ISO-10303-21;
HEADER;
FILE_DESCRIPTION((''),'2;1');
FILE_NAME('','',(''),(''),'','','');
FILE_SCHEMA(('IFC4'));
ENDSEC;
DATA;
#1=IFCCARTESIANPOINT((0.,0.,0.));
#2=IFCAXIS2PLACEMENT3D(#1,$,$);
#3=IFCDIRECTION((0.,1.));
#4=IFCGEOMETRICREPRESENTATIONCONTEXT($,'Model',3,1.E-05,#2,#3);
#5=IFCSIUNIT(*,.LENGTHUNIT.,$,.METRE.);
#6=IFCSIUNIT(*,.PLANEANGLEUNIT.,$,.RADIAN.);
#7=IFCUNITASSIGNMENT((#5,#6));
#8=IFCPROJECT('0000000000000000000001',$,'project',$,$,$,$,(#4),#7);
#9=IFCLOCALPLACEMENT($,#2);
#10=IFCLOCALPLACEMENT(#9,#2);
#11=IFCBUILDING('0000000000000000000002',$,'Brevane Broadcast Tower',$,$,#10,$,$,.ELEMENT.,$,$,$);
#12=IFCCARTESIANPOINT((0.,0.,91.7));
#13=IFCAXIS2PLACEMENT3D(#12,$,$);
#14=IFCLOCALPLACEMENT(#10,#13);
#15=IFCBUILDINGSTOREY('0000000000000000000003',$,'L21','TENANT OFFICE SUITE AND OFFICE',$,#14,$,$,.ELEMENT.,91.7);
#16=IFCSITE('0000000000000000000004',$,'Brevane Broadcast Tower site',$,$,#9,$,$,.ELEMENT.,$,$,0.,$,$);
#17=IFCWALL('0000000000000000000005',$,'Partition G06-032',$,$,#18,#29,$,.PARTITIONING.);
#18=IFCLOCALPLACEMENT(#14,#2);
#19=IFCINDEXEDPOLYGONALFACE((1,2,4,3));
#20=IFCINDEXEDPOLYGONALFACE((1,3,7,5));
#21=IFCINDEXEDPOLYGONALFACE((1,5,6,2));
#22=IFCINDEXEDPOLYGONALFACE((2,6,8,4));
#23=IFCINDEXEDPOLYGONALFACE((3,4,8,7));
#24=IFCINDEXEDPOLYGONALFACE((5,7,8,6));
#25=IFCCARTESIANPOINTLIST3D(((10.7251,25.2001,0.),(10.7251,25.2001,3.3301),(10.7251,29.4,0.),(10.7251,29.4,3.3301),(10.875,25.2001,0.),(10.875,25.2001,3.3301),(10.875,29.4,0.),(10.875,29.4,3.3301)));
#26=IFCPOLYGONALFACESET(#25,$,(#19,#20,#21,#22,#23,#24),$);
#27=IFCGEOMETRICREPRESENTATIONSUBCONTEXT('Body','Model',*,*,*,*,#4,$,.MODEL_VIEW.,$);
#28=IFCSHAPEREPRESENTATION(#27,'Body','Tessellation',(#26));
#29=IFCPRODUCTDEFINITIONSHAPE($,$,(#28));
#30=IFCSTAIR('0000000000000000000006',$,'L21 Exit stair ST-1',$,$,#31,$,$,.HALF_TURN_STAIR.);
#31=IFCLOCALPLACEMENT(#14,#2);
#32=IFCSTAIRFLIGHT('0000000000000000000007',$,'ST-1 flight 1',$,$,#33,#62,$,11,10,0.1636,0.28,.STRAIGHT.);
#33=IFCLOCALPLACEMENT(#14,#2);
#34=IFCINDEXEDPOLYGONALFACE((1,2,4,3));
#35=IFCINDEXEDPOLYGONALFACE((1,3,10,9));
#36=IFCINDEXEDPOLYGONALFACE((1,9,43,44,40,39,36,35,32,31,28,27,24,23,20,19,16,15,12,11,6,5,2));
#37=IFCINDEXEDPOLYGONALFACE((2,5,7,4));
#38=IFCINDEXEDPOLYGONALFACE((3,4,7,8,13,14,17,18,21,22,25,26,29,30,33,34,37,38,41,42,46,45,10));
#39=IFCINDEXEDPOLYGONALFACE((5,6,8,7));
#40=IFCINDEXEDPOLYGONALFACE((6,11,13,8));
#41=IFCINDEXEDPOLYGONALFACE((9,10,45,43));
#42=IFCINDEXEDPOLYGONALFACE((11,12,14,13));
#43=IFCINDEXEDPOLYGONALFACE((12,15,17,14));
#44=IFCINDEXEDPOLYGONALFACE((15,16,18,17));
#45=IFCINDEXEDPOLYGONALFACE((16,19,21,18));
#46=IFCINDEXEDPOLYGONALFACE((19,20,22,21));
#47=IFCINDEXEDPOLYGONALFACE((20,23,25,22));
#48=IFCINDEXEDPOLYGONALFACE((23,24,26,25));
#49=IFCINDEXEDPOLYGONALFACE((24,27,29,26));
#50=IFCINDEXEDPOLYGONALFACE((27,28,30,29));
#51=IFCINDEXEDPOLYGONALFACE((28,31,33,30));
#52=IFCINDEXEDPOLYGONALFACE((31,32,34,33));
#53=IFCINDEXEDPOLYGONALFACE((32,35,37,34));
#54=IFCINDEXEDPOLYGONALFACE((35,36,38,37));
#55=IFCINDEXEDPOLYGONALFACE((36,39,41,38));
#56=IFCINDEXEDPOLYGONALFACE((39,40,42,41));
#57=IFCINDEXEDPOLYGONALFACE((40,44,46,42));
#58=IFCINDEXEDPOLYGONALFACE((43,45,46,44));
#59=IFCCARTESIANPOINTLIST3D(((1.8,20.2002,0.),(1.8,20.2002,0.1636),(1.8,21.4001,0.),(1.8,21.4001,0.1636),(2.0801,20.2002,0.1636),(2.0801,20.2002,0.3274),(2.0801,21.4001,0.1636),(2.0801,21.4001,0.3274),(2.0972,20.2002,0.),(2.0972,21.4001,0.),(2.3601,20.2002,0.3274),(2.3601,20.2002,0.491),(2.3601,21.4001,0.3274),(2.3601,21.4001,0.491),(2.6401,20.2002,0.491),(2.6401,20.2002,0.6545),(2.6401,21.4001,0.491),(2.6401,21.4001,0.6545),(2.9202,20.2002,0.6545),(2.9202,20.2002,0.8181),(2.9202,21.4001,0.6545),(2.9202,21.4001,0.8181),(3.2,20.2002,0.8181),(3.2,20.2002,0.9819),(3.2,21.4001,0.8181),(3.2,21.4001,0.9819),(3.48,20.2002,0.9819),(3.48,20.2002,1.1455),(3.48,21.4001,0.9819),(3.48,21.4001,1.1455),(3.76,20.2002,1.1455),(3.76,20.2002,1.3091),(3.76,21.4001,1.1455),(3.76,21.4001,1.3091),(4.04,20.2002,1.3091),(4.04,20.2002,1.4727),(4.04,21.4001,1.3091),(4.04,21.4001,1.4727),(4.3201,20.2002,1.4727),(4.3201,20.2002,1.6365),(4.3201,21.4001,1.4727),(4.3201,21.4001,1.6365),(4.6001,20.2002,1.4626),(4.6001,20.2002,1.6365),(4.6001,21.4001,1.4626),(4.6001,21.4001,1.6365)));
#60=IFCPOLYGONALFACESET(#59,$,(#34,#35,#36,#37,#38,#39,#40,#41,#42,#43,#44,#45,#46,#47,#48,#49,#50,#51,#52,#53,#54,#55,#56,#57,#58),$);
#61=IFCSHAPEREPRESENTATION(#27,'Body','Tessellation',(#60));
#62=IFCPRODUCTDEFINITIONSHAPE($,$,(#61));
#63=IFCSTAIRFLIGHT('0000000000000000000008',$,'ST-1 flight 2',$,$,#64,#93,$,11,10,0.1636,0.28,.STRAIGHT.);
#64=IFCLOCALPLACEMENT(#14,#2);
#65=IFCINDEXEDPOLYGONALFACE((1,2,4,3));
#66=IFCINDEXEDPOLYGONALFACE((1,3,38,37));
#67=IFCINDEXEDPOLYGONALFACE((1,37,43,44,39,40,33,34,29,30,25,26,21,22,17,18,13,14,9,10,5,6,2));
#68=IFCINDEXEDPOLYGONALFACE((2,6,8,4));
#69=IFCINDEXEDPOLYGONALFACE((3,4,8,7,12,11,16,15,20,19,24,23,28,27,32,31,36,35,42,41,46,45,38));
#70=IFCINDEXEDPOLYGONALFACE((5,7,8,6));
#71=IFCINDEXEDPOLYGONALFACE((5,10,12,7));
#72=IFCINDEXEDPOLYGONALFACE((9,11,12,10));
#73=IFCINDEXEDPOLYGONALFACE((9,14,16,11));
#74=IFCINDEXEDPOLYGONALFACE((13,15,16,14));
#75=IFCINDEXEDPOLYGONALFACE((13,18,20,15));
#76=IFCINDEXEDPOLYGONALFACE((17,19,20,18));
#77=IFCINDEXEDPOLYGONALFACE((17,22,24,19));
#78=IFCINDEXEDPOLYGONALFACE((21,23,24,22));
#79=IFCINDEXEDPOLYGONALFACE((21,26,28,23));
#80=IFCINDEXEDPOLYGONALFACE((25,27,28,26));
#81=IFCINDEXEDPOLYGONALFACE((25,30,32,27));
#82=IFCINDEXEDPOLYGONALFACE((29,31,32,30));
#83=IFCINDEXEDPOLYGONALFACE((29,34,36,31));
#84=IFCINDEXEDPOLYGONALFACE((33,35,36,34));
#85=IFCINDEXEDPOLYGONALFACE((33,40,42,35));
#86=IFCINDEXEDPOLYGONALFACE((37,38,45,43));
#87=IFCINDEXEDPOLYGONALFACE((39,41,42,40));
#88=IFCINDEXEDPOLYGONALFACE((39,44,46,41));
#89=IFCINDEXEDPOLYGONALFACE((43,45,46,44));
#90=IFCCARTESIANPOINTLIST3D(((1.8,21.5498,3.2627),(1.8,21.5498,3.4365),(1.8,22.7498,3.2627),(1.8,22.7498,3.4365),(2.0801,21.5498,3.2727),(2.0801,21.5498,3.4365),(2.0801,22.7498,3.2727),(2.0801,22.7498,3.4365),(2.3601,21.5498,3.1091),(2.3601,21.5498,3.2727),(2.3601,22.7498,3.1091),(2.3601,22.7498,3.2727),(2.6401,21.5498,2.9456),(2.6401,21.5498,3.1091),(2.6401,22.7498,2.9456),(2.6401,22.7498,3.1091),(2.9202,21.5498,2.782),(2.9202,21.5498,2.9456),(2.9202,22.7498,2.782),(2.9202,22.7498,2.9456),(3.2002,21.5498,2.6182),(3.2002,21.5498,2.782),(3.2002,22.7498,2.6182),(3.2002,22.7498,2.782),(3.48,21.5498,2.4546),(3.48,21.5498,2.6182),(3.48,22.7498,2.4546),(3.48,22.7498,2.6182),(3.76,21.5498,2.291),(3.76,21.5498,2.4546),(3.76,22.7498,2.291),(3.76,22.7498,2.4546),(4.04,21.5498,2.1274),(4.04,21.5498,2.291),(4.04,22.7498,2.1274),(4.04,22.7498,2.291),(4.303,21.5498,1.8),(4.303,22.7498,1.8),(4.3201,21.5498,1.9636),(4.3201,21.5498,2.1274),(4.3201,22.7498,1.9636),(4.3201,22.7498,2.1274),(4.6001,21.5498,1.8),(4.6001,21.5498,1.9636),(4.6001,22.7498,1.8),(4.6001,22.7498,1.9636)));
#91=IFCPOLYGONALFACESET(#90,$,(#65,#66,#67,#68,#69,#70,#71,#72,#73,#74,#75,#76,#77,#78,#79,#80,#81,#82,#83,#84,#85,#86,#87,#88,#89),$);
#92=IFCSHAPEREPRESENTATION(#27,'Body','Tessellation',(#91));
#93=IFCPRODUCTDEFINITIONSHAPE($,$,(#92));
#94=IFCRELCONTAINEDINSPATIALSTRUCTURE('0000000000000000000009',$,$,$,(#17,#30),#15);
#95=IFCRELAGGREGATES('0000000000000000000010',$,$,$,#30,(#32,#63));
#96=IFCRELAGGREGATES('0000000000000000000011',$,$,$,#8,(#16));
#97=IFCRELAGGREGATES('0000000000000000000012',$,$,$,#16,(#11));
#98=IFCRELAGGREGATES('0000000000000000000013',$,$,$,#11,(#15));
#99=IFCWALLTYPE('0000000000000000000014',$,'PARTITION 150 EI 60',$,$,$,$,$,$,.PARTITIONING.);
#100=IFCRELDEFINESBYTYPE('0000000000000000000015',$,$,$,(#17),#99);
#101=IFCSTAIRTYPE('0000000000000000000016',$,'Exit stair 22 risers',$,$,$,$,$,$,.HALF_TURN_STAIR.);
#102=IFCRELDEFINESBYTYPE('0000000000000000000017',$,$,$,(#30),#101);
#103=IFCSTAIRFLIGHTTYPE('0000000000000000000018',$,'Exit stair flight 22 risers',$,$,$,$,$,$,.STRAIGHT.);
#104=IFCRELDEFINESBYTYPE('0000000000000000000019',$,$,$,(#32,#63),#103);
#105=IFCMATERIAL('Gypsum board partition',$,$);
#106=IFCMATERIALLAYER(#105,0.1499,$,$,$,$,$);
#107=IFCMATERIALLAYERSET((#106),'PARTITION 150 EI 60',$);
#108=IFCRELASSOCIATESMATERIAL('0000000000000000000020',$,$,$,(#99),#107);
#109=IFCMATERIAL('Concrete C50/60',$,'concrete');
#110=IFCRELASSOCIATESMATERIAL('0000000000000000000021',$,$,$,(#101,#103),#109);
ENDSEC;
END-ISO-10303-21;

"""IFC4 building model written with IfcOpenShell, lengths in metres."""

from ifc_helpers import new_model, si_unit, direction, frame, frame_2d, origin, place, context, subcontext, project, spatial, polyline, rectangle, outline, extrude, material, layer, layer_set, type_object, element, aggregate, save


model = new_model("IFC4")

# Units and contexts
model_context = context("Model", 3, precision=1e-05, world=origin(), true_north=direction((0.0, 1.0)))
body_context = subcontext(model_context, "Body", "Model", "MODEL_VIEW")
ifc_project = project(units=[si_unit("LENGTHUNIT", "METRE"), si_unit("PLANEANGLEUNIT", "RADIAN")], contexts=[model_context])

# Site, building, storey
site_placement = place(None, origin())
site = spatial("IfcSite", under=ifc_project, at=site_placement, Name="Brevane Broadcast Tower site", CompositionType="ELEMENT", RefElevation=0.0)
building_placement = place(site_placement, origin())
building = spatial("IfcBuilding", under=site, at=building_placement, Name="Brevane Broadcast Tower", CompositionType="ELEMENT")
storey_placement = place(building_placement, frame((0.0, 0.0, 91.7)))
storey = spatial("IfcBuildingStorey", under=building, at=storey_placement, Name="L21", Description="TENANT OFFICE SUITE AND OFFICE", CompositionType="ELEMENT", Elevation=91.7)

# Shared definitions
ifc_material_1 = material(Name="Gypsum board partition")

# Shared definitions
ifc_layer_1 = layer(ifc_material_1, 0.1499)
ifc_layer_set_1 = layer_set([ifc_layer_1], Name="PARTITION 150 EI 60")
wall_type_1 = type_object("IfcWallType", Name="PARTITION 150 EI 60", PredefinedType="PARTITIONING", material=ifc_layer_set_1)

# Wall
wall_1_placement = place(storey_placement, frame((10.8, 25.2, 0.0), z_axis=(0.0, 0.0, 1.0), x_axis=(0.0, 1.0, 0.0)))
element("IfcWall", 1, at=wall_1_placement, inside=storey, type_object=wall_type_1, Name="Partition G06-032", PredefinedType="PARTITIONING", context=body_context, shape_type="SweptSolid", body=[
    extrude(rectangle(XDim=4.2, YDim=0.1499, at=frame_2d((2.1001, 0.0))), origin(), (0.0, 0.0, 1.0), 3.3301),
])

# Stair, stair flights
ifc_material_2 = material(Name="Concrete C50/60", Category="concrete")
stair_type = type_object("IfcStairType", Name="Exit stair 22 risers", PredefinedType="HALF_TURN_STAIR", material=ifc_material_2)
stair_placement = place(storey_placement, origin())
stair = element("IfcStair", 2, at=stair_placement, inside=storey, type_object=stair_type, Name="L21 Exit stair ST-1", PredefinedType="HALF_TURN_STAIR")
stair_flight_type = type_object("IfcStairFlightType", Name="Exit stair flight 22 risers", PredefinedType="STRAIGHT", material=ifc_material_2)
stair_flight_1_placement = place(storey_placement, frame((1.8, 20.8, 0.0), z_axis=(0.0, 0.0, 1.0), x_axis=(1.0, 0.0, 0.0)))
stair_flight_1 = element("IfcStairFlight", 3, at=stair_flight_1_placement, type_object=stair_flight_type, Name="ST-1 flight 1", NumberOfRisers=11, NumberOfTreads=10, PredefinedType="STRAIGHT", RiserHeight=0.1636, TreadLength=0.28, context=body_context, shape_type="SweptSolid", body=[
    extrude(outline(polyline([(0.0, 0.0), (0.0, 0.1636), (0.28, 0.1636), (0.28, 0.3274), (0.5601, 0.3274), (0.5601, 0.491), (0.8401, 0.491), (0.8401, 0.6545), (1.1201, 0.6545), (1.1201, 0.8181), (1.3999, 0.8181), (1.3999, 0.9819), (1.6799, 0.9819), (1.6799, 1.1455), (1.96, 1.1455), (1.96, 1.3091), (2.24, 1.3091), (2.24, 1.4727), (2.52, 1.4727), (2.52, 1.6365), (2.8, 1.6365), (2.8, 1.8), (2.8, 1.4626), (0.2971, 0.0), (0.0, 0.0)])), frame((0.0, 0.6001, 0.0), z_axis=(0.0, -1.0, 0.0), x_axis=(1.0, 0.0, 0.0)), (0.0, 0.0, 1.0), 1.2),
])
stair_flight_2_placement = place(storey_placement, frame((4.6001, 22.1499, 1.8), z_axis=(0.0, 0.0, 1.0), x_axis=(-1.0, 0.0, 0.0)))
stair_flight_2 = element("IfcStairFlight", 4, at=stair_flight_2_placement, type_object=stair_flight_type, Name="ST-1 flight 2", NumberOfRisers=11, NumberOfTreads=10, PredefinedType="STRAIGHT", RiserHeight=0.1636, TreadLength=0.28, context=body_context, shape_type="SweptSolid", body=[
    extrude(outline(polyline([(0.0, 0.0), (0.0, 0.1636), (0.28, 0.1636), (0.28, 0.3274), (0.5601, 0.3274), (0.5601, 0.491), (0.8401, 0.491), (0.8401, 0.6545), (1.1201, 0.6545), (1.1201, 0.8181), (1.3999, 0.8181), (1.3999, 0.9819), (1.6799, 0.9819), (1.6799, 1.1455), (1.96, 1.1455), (1.96, 1.3091), (2.24, 1.3091), (2.24, 1.4727), (2.52, 1.4727), (2.52, 1.6365), (2.8, 1.6365), (2.8, 1.8), (2.8, 1.4626), (0.2971, 0.0), (0.0, 0.0)])), frame((0.0, 0.6001, 0.0), z_axis=(0.0, -1.0, 0.0), x_axis=(1.0, 0.0, 0.0)), (0.0, 0.0, 1.0), 1.2),
])
aggregate(stair, [stair_flight_1, stair_flight_2])

save(model, "model.ifc")
